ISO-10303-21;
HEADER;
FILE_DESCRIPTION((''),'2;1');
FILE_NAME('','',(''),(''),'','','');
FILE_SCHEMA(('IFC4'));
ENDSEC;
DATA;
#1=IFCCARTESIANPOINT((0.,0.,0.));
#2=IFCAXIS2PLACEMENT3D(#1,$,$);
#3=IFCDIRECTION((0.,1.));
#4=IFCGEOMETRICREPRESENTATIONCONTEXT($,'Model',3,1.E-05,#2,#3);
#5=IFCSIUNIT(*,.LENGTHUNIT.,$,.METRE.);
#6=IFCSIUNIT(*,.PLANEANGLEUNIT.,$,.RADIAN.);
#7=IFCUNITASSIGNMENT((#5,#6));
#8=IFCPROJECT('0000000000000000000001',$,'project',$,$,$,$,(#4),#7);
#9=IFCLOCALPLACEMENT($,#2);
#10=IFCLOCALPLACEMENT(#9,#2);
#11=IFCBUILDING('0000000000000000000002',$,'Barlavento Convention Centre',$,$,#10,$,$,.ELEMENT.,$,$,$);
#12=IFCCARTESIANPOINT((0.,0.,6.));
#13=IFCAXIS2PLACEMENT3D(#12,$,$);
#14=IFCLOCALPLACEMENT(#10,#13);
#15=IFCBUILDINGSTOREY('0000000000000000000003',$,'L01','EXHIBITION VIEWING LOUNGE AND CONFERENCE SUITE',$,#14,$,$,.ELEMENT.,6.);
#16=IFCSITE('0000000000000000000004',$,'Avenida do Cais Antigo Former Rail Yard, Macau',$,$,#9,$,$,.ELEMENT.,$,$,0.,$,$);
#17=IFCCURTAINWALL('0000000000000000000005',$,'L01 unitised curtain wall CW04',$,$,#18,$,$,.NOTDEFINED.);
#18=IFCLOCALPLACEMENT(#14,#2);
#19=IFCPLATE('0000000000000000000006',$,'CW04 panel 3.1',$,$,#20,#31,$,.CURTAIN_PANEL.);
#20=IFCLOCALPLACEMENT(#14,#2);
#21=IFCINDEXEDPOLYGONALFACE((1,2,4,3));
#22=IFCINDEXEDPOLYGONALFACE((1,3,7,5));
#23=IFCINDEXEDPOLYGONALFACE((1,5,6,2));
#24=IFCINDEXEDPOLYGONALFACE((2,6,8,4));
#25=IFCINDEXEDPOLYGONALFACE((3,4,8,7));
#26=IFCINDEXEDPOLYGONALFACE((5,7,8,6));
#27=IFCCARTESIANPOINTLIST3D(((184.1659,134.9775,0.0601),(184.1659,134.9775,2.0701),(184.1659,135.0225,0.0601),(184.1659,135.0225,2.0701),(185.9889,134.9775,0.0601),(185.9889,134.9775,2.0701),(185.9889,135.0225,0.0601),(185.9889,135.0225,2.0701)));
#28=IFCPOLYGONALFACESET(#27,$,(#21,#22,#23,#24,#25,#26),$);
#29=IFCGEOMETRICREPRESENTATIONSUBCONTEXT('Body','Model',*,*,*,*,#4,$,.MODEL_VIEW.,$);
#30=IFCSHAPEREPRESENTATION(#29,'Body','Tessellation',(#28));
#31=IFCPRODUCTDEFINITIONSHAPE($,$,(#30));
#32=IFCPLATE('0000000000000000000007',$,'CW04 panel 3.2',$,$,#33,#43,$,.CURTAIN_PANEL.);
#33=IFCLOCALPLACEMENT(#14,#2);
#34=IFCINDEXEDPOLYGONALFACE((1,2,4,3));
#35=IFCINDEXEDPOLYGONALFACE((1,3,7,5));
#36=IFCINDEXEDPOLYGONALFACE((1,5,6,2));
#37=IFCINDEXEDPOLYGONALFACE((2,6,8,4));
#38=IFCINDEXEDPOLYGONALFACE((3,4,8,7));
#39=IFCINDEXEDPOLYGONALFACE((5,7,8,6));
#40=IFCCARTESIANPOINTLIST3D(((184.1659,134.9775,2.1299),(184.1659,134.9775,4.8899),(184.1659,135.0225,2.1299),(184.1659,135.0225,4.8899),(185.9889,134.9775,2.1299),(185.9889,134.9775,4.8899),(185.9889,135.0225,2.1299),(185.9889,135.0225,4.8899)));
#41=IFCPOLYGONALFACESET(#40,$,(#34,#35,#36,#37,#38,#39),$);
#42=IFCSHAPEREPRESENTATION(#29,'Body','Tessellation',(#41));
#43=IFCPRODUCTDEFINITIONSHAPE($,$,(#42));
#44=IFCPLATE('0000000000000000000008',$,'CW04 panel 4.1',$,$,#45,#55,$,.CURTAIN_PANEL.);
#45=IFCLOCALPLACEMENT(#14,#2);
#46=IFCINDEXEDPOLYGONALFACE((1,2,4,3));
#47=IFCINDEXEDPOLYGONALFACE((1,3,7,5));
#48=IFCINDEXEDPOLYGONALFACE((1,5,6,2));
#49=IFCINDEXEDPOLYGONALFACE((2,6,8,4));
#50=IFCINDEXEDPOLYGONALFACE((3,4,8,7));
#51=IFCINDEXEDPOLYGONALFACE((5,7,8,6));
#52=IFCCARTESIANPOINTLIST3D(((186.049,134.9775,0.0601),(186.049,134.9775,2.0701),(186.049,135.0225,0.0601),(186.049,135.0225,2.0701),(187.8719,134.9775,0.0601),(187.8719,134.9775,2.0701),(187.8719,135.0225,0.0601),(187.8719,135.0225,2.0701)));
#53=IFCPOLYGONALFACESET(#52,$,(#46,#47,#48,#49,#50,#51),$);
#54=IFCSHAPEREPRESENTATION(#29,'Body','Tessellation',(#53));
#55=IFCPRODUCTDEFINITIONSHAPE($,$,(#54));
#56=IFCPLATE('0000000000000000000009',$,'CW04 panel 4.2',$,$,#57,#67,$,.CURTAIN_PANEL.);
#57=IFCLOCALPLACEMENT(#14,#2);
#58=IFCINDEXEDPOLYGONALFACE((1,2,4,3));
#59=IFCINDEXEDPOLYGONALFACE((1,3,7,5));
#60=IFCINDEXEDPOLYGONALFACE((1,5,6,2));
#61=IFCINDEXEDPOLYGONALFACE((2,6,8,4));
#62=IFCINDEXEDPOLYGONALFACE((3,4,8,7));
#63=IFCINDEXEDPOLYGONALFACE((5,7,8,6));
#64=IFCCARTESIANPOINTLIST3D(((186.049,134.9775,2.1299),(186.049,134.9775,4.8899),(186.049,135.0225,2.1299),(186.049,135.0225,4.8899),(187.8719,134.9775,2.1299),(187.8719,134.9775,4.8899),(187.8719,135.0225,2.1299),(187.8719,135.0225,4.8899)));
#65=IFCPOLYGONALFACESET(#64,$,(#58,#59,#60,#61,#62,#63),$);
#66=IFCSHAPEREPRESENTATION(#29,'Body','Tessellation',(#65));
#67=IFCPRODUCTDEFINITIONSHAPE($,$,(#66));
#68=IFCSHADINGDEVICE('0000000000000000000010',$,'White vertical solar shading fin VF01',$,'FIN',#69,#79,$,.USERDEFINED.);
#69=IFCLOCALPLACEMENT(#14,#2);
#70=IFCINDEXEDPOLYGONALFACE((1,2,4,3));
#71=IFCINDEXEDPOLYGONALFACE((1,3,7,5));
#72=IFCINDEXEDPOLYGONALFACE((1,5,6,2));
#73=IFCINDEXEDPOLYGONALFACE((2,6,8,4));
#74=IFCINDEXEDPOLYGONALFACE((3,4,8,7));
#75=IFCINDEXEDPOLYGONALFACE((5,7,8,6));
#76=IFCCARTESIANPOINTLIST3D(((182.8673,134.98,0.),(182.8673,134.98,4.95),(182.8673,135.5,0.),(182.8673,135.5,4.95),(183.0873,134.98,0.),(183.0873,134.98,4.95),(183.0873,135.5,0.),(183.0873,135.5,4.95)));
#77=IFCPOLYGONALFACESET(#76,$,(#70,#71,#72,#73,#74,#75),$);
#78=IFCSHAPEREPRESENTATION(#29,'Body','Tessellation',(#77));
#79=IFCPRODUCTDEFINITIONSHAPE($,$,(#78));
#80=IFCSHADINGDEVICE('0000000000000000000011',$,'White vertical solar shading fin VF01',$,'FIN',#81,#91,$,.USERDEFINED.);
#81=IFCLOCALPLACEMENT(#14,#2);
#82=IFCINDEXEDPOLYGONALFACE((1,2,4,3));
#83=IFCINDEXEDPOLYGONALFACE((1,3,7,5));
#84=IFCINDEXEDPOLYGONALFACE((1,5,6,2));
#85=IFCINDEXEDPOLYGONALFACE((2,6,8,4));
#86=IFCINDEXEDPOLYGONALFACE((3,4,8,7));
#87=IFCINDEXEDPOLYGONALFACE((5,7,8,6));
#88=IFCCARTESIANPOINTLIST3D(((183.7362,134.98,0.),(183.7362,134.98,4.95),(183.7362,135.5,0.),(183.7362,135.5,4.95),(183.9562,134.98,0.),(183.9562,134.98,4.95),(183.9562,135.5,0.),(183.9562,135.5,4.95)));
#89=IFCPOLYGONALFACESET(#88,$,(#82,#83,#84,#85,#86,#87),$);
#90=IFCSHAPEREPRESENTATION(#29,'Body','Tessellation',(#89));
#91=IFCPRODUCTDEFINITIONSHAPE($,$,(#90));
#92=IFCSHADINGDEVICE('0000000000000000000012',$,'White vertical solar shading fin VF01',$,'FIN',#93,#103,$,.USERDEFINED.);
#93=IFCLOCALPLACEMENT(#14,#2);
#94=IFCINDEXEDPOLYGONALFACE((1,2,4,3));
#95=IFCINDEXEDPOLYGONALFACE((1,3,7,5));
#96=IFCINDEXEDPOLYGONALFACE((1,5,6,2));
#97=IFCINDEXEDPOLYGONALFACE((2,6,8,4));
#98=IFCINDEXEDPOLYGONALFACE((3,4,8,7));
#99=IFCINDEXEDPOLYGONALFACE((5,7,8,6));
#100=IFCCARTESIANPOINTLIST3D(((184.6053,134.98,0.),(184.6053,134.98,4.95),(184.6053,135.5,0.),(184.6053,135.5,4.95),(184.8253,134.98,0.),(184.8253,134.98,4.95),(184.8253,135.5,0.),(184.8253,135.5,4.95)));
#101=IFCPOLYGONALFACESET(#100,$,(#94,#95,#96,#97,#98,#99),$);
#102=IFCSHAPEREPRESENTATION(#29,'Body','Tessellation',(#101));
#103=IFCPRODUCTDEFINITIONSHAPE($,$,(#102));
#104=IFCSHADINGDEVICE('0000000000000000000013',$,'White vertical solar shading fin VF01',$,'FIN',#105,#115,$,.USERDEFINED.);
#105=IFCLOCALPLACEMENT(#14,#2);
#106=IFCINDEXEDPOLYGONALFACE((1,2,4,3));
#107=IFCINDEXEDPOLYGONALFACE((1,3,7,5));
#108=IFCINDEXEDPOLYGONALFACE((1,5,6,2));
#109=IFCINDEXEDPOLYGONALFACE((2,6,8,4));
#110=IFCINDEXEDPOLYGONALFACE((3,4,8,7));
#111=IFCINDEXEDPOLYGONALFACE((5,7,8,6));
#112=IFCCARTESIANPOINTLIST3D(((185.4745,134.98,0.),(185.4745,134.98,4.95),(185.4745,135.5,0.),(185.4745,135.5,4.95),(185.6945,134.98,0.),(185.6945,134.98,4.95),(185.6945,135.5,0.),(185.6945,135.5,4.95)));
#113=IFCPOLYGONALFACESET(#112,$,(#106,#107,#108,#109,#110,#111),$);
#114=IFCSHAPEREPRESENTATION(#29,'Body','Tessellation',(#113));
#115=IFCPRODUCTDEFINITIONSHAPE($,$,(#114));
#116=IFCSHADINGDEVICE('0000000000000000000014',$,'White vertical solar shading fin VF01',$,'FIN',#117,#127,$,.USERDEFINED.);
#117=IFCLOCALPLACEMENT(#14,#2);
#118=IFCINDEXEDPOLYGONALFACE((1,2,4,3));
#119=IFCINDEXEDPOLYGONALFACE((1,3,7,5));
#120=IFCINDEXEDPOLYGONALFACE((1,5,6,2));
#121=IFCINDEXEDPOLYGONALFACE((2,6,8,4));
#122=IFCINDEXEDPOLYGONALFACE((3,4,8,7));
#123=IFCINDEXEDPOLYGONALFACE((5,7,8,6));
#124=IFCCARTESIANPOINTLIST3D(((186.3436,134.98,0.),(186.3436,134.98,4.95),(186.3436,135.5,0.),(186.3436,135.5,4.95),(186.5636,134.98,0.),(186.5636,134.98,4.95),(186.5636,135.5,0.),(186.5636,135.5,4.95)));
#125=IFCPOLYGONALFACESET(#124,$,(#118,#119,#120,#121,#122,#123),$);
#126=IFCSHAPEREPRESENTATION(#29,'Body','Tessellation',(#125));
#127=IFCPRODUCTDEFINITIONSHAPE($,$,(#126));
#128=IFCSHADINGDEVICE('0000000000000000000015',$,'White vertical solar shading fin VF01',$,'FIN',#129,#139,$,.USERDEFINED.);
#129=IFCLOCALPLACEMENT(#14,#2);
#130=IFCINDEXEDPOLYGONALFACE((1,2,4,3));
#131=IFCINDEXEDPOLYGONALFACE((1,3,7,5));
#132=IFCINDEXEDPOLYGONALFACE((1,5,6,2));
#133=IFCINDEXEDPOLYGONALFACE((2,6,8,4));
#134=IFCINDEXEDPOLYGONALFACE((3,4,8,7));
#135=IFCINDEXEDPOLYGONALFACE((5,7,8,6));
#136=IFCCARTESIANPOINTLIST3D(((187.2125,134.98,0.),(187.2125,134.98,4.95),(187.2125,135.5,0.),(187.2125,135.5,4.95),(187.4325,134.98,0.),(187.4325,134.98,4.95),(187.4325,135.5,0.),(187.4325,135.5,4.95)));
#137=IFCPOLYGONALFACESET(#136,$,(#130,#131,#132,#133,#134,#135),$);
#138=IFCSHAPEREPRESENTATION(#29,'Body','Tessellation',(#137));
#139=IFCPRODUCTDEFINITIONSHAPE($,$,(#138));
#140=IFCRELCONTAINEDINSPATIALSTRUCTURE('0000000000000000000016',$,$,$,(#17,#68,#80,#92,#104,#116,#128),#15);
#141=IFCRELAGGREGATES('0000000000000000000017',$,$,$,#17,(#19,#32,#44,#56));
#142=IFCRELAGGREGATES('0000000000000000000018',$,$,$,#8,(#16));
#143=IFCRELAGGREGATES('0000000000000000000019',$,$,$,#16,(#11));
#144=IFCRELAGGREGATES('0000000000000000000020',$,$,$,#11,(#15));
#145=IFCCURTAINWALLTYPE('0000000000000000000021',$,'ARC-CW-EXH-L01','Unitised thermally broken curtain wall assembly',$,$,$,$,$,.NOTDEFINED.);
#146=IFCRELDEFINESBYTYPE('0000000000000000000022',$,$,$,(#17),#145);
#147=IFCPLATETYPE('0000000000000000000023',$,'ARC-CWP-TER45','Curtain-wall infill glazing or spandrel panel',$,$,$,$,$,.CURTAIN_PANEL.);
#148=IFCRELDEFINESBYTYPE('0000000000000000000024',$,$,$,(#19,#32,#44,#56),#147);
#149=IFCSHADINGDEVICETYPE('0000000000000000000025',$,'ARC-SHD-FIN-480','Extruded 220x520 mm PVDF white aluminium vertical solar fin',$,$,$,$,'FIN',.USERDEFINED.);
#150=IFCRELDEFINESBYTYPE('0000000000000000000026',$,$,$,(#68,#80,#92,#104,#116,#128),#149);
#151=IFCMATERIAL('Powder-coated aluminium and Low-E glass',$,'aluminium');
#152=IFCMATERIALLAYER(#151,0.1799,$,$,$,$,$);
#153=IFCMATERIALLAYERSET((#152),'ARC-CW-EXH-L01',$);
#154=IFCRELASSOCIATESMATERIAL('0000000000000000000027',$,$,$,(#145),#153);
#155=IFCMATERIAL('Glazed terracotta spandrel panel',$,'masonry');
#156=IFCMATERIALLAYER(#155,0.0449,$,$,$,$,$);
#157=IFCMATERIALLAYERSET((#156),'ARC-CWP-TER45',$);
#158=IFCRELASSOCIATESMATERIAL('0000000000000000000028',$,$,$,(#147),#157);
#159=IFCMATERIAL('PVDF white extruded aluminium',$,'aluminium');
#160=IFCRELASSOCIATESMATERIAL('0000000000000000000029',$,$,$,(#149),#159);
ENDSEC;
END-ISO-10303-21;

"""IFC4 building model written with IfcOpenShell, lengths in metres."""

from ifc_helpers import new_model, si_unit, direction, frame, origin, origin_2d, place, context, subcontext, project, spatial, rectangle, extrude, material, layer, layer_set, type_object, element, aggregate, save


model = new_model("IFC4")

# Units and contexts
model_context = context("Model", 3, precision=1e-05, world=origin(), true_north=direction((0.0, 1.0)))
body_context = subcontext(model_context, "Body", "Model", "MODEL_VIEW")
ifc_project = project(units=[si_unit("LENGTHUNIT", "METRE"), si_unit("PLANEANGLEUNIT", "RADIAN")], contexts=[model_context])

# Site, building, storey
site_placement = place(None, origin())
site = spatial("IfcSite", under=ifc_project, at=site_placement, Name="Avenida do Cais Antigo Former Rail Yard, Macau", CompositionType="ELEMENT", RefElevation=0.0)
building_placement = place(site_placement, origin())
building = spatial("IfcBuilding", under=site, at=building_placement, Name="Barlavento Convention Centre", CompositionType="ELEMENT")
storey_placement = place(building_placement, frame((0.0, 0.0, 6.0)))
storey = spatial("IfcBuildingStorey", under=building, at=storey_placement, Name="L01", Description="EXHIBITION VIEWING LOUNGE AND CONFERENCE SUITE", CompositionType="ELEMENT", Elevation=6.0)

# Curtain wall, plates
ifc_material_1 = material(Name="Powder-coated aluminium and Low-E glass", Category="aluminium")
ifc_layer_1 = layer(ifc_material_1, 0.1799)
ifc_layer_set_1 = layer_set([ifc_layer_1], Name="ARC-CW-EXH-L01")
curtain_wall_type = type_object("IfcCurtainWallType", Name="ARC-CW-EXH-L01", Description="Unitised thermally broken curtain wall assembly", PredefinedType="NOTDEFINED", material=ifc_layer_set_1)
curtain_wall_placement = place(storey_placement, origin())
curtain_wall = element("IfcCurtainWall", 1, at=curtain_wall_placement, inside=storey, type_object=curtain_wall_type, Name="L01 unitised curtain wall CW04", PredefinedType="NOTDEFINED")
ifc_material_2 = material(Name="Glazed terracotta spandrel panel", Category="masonry")
ifc_layer_2 = layer(ifc_material_2, 0.0449)
ifc_layer_set_2 = layer_set([ifc_layer_2], Name="ARC-CWP-TER45")
plate_type = type_object("IfcPlateType", Name="ARC-CWP-TER45", Description="Curtain-wall infill glazing or spandrel panel", PredefinedType="CURTAIN_PANEL", material=ifc_layer_set_2)
plate_1_placement = place(storey_placement, frame((185.0774, 135.0, 0.0601), z_axis=(0.0, 0.0, 1.0), x_axis=(1.0, 0.0, 0.0)))
plate_1 = element("IfcPlate", 2, at=plate_1_placement, type_object=plate_type, Name="CW04 panel 3.1", PredefinedType="CURTAIN_PANEL", context=body_context, shape_type="SweptSolid", body=[
    extrude(rectangle(XDim=1.823, YDim=0.0449, at=origin_2d()), origin(), (0.0, 0.0, 1.0), 2.01),
])
plate_2_placement = place(storey_placement, frame((185.0774, 135.0, 2.1299), z_axis=(0.0, 0.0, 1.0), x_axis=(1.0, 0.0, 0.0)))
plate_2 = element("IfcPlate", 3, at=plate_2_placement, type_object=plate_type, Name="CW04 panel 3.2", PredefinedType="CURTAIN_PANEL", context=body_context, shape_type="SweptSolid", body=[
    extrude(rectangle(XDim=1.823, YDim=0.0449, at=origin_2d()), origin(), (0.0, 0.0, 1.0), 2.76),
])
plate_3_placement = place(storey_placement, frame((186.9604, 135.0, 0.0601), z_axis=(0.0, 0.0, 1.0), x_axis=(1.0, 0.0, 0.0)))
plate_3 = element("IfcPlate", 4, at=plate_3_placement, type_object=plate_type, Name="CW04 panel 4.1", PredefinedType="CURTAIN_PANEL", context=body_context, shape_type="SweptSolid", body=[
    extrude(rectangle(XDim=1.823, YDim=0.0449, at=origin_2d()), origin(), (0.0, 0.0, 1.0), 2.01),
])
plate_4_placement = place(storey_placement, frame((186.9604, 135.0, 2.1299), z_axis=(0.0, 0.0, 1.0), x_axis=(1.0, 0.0, 0.0)))
plate_4 = element("IfcPlate", 5, at=plate_4_placement, type_object=plate_type, Name="CW04 panel 4.2", PredefinedType="CURTAIN_PANEL", context=body_context, shape_type="SweptSolid", body=[
    extrude(rectangle(XDim=1.823, YDim=0.0449, at=origin_2d()), origin(), (0.0, 0.0, 1.0), 2.76),
])
aggregate(curtain_wall, [plate_1, plate_2, plate_3, plate_4])

# Shading devices
ifc_material_3 = material(Name="PVDF white extruded aluminium", Category="aluminium")
shading_device_type = type_object("IfcShadingDeviceType", Name="ARC-SHD-FIN-480", Description="Extruded 220x520 mm PVDF white aluminium vertical solar fin", ElementType="FIN", PredefinedType="USERDEFINED", material=ifc_material_3)
for number, where, z_axis, x_axis, name in (
    (6, (182.9773, 135.24, 0.0), (0.0, 0.0, 1.0), (1.0, 0.0, 0.0), "White vertical solar shading fin VF01"),
    (7, (183.8462, 135.24, 0.0), (0.0, 0.0, 1.0), (1.0, 0.0, 0.0), "White vertical solar shading fin VF01"),
    (8, (184.7153, 135.24, 0.0), (0.0, 0.0, 1.0), (1.0, 0.0, 0.0), "White vertical solar shading fin VF01"),
    (9, (185.5845, 135.24, 0.0), (0.0, 0.0, 1.0), (1.0, 0.0, 0.0), "White vertical solar shading fin VF01"),
    (10, (186.4536, 135.24, 0.0), (0.0, 0.0, 1.0), (1.0, 0.0, 0.0), "White vertical solar shading fin VF01"),
    (11, (187.3225, 135.24, 0.0), (0.0, 0.0, 1.0), (1.0, 0.0, 0.0), "White vertical solar shading fin VF01"),
):
    element("IfcShadingDevice", number, at=place(storey_placement, frame(where, z_axis=z_axis, x_axis=x_axis)), inside=storey, type_object=shading_device_type, Name=name, ObjectType="FIN", PredefinedType="USERDEFINED", context=body_context, shape_type="SweptSolid", body=[
        extrude(rectangle(XDim=0.22, YDim=0.52, at=origin_2d()), origin(), (0.0, 0.0, 1.0), 4.95),
    ])

save(model, "model.ifc")
